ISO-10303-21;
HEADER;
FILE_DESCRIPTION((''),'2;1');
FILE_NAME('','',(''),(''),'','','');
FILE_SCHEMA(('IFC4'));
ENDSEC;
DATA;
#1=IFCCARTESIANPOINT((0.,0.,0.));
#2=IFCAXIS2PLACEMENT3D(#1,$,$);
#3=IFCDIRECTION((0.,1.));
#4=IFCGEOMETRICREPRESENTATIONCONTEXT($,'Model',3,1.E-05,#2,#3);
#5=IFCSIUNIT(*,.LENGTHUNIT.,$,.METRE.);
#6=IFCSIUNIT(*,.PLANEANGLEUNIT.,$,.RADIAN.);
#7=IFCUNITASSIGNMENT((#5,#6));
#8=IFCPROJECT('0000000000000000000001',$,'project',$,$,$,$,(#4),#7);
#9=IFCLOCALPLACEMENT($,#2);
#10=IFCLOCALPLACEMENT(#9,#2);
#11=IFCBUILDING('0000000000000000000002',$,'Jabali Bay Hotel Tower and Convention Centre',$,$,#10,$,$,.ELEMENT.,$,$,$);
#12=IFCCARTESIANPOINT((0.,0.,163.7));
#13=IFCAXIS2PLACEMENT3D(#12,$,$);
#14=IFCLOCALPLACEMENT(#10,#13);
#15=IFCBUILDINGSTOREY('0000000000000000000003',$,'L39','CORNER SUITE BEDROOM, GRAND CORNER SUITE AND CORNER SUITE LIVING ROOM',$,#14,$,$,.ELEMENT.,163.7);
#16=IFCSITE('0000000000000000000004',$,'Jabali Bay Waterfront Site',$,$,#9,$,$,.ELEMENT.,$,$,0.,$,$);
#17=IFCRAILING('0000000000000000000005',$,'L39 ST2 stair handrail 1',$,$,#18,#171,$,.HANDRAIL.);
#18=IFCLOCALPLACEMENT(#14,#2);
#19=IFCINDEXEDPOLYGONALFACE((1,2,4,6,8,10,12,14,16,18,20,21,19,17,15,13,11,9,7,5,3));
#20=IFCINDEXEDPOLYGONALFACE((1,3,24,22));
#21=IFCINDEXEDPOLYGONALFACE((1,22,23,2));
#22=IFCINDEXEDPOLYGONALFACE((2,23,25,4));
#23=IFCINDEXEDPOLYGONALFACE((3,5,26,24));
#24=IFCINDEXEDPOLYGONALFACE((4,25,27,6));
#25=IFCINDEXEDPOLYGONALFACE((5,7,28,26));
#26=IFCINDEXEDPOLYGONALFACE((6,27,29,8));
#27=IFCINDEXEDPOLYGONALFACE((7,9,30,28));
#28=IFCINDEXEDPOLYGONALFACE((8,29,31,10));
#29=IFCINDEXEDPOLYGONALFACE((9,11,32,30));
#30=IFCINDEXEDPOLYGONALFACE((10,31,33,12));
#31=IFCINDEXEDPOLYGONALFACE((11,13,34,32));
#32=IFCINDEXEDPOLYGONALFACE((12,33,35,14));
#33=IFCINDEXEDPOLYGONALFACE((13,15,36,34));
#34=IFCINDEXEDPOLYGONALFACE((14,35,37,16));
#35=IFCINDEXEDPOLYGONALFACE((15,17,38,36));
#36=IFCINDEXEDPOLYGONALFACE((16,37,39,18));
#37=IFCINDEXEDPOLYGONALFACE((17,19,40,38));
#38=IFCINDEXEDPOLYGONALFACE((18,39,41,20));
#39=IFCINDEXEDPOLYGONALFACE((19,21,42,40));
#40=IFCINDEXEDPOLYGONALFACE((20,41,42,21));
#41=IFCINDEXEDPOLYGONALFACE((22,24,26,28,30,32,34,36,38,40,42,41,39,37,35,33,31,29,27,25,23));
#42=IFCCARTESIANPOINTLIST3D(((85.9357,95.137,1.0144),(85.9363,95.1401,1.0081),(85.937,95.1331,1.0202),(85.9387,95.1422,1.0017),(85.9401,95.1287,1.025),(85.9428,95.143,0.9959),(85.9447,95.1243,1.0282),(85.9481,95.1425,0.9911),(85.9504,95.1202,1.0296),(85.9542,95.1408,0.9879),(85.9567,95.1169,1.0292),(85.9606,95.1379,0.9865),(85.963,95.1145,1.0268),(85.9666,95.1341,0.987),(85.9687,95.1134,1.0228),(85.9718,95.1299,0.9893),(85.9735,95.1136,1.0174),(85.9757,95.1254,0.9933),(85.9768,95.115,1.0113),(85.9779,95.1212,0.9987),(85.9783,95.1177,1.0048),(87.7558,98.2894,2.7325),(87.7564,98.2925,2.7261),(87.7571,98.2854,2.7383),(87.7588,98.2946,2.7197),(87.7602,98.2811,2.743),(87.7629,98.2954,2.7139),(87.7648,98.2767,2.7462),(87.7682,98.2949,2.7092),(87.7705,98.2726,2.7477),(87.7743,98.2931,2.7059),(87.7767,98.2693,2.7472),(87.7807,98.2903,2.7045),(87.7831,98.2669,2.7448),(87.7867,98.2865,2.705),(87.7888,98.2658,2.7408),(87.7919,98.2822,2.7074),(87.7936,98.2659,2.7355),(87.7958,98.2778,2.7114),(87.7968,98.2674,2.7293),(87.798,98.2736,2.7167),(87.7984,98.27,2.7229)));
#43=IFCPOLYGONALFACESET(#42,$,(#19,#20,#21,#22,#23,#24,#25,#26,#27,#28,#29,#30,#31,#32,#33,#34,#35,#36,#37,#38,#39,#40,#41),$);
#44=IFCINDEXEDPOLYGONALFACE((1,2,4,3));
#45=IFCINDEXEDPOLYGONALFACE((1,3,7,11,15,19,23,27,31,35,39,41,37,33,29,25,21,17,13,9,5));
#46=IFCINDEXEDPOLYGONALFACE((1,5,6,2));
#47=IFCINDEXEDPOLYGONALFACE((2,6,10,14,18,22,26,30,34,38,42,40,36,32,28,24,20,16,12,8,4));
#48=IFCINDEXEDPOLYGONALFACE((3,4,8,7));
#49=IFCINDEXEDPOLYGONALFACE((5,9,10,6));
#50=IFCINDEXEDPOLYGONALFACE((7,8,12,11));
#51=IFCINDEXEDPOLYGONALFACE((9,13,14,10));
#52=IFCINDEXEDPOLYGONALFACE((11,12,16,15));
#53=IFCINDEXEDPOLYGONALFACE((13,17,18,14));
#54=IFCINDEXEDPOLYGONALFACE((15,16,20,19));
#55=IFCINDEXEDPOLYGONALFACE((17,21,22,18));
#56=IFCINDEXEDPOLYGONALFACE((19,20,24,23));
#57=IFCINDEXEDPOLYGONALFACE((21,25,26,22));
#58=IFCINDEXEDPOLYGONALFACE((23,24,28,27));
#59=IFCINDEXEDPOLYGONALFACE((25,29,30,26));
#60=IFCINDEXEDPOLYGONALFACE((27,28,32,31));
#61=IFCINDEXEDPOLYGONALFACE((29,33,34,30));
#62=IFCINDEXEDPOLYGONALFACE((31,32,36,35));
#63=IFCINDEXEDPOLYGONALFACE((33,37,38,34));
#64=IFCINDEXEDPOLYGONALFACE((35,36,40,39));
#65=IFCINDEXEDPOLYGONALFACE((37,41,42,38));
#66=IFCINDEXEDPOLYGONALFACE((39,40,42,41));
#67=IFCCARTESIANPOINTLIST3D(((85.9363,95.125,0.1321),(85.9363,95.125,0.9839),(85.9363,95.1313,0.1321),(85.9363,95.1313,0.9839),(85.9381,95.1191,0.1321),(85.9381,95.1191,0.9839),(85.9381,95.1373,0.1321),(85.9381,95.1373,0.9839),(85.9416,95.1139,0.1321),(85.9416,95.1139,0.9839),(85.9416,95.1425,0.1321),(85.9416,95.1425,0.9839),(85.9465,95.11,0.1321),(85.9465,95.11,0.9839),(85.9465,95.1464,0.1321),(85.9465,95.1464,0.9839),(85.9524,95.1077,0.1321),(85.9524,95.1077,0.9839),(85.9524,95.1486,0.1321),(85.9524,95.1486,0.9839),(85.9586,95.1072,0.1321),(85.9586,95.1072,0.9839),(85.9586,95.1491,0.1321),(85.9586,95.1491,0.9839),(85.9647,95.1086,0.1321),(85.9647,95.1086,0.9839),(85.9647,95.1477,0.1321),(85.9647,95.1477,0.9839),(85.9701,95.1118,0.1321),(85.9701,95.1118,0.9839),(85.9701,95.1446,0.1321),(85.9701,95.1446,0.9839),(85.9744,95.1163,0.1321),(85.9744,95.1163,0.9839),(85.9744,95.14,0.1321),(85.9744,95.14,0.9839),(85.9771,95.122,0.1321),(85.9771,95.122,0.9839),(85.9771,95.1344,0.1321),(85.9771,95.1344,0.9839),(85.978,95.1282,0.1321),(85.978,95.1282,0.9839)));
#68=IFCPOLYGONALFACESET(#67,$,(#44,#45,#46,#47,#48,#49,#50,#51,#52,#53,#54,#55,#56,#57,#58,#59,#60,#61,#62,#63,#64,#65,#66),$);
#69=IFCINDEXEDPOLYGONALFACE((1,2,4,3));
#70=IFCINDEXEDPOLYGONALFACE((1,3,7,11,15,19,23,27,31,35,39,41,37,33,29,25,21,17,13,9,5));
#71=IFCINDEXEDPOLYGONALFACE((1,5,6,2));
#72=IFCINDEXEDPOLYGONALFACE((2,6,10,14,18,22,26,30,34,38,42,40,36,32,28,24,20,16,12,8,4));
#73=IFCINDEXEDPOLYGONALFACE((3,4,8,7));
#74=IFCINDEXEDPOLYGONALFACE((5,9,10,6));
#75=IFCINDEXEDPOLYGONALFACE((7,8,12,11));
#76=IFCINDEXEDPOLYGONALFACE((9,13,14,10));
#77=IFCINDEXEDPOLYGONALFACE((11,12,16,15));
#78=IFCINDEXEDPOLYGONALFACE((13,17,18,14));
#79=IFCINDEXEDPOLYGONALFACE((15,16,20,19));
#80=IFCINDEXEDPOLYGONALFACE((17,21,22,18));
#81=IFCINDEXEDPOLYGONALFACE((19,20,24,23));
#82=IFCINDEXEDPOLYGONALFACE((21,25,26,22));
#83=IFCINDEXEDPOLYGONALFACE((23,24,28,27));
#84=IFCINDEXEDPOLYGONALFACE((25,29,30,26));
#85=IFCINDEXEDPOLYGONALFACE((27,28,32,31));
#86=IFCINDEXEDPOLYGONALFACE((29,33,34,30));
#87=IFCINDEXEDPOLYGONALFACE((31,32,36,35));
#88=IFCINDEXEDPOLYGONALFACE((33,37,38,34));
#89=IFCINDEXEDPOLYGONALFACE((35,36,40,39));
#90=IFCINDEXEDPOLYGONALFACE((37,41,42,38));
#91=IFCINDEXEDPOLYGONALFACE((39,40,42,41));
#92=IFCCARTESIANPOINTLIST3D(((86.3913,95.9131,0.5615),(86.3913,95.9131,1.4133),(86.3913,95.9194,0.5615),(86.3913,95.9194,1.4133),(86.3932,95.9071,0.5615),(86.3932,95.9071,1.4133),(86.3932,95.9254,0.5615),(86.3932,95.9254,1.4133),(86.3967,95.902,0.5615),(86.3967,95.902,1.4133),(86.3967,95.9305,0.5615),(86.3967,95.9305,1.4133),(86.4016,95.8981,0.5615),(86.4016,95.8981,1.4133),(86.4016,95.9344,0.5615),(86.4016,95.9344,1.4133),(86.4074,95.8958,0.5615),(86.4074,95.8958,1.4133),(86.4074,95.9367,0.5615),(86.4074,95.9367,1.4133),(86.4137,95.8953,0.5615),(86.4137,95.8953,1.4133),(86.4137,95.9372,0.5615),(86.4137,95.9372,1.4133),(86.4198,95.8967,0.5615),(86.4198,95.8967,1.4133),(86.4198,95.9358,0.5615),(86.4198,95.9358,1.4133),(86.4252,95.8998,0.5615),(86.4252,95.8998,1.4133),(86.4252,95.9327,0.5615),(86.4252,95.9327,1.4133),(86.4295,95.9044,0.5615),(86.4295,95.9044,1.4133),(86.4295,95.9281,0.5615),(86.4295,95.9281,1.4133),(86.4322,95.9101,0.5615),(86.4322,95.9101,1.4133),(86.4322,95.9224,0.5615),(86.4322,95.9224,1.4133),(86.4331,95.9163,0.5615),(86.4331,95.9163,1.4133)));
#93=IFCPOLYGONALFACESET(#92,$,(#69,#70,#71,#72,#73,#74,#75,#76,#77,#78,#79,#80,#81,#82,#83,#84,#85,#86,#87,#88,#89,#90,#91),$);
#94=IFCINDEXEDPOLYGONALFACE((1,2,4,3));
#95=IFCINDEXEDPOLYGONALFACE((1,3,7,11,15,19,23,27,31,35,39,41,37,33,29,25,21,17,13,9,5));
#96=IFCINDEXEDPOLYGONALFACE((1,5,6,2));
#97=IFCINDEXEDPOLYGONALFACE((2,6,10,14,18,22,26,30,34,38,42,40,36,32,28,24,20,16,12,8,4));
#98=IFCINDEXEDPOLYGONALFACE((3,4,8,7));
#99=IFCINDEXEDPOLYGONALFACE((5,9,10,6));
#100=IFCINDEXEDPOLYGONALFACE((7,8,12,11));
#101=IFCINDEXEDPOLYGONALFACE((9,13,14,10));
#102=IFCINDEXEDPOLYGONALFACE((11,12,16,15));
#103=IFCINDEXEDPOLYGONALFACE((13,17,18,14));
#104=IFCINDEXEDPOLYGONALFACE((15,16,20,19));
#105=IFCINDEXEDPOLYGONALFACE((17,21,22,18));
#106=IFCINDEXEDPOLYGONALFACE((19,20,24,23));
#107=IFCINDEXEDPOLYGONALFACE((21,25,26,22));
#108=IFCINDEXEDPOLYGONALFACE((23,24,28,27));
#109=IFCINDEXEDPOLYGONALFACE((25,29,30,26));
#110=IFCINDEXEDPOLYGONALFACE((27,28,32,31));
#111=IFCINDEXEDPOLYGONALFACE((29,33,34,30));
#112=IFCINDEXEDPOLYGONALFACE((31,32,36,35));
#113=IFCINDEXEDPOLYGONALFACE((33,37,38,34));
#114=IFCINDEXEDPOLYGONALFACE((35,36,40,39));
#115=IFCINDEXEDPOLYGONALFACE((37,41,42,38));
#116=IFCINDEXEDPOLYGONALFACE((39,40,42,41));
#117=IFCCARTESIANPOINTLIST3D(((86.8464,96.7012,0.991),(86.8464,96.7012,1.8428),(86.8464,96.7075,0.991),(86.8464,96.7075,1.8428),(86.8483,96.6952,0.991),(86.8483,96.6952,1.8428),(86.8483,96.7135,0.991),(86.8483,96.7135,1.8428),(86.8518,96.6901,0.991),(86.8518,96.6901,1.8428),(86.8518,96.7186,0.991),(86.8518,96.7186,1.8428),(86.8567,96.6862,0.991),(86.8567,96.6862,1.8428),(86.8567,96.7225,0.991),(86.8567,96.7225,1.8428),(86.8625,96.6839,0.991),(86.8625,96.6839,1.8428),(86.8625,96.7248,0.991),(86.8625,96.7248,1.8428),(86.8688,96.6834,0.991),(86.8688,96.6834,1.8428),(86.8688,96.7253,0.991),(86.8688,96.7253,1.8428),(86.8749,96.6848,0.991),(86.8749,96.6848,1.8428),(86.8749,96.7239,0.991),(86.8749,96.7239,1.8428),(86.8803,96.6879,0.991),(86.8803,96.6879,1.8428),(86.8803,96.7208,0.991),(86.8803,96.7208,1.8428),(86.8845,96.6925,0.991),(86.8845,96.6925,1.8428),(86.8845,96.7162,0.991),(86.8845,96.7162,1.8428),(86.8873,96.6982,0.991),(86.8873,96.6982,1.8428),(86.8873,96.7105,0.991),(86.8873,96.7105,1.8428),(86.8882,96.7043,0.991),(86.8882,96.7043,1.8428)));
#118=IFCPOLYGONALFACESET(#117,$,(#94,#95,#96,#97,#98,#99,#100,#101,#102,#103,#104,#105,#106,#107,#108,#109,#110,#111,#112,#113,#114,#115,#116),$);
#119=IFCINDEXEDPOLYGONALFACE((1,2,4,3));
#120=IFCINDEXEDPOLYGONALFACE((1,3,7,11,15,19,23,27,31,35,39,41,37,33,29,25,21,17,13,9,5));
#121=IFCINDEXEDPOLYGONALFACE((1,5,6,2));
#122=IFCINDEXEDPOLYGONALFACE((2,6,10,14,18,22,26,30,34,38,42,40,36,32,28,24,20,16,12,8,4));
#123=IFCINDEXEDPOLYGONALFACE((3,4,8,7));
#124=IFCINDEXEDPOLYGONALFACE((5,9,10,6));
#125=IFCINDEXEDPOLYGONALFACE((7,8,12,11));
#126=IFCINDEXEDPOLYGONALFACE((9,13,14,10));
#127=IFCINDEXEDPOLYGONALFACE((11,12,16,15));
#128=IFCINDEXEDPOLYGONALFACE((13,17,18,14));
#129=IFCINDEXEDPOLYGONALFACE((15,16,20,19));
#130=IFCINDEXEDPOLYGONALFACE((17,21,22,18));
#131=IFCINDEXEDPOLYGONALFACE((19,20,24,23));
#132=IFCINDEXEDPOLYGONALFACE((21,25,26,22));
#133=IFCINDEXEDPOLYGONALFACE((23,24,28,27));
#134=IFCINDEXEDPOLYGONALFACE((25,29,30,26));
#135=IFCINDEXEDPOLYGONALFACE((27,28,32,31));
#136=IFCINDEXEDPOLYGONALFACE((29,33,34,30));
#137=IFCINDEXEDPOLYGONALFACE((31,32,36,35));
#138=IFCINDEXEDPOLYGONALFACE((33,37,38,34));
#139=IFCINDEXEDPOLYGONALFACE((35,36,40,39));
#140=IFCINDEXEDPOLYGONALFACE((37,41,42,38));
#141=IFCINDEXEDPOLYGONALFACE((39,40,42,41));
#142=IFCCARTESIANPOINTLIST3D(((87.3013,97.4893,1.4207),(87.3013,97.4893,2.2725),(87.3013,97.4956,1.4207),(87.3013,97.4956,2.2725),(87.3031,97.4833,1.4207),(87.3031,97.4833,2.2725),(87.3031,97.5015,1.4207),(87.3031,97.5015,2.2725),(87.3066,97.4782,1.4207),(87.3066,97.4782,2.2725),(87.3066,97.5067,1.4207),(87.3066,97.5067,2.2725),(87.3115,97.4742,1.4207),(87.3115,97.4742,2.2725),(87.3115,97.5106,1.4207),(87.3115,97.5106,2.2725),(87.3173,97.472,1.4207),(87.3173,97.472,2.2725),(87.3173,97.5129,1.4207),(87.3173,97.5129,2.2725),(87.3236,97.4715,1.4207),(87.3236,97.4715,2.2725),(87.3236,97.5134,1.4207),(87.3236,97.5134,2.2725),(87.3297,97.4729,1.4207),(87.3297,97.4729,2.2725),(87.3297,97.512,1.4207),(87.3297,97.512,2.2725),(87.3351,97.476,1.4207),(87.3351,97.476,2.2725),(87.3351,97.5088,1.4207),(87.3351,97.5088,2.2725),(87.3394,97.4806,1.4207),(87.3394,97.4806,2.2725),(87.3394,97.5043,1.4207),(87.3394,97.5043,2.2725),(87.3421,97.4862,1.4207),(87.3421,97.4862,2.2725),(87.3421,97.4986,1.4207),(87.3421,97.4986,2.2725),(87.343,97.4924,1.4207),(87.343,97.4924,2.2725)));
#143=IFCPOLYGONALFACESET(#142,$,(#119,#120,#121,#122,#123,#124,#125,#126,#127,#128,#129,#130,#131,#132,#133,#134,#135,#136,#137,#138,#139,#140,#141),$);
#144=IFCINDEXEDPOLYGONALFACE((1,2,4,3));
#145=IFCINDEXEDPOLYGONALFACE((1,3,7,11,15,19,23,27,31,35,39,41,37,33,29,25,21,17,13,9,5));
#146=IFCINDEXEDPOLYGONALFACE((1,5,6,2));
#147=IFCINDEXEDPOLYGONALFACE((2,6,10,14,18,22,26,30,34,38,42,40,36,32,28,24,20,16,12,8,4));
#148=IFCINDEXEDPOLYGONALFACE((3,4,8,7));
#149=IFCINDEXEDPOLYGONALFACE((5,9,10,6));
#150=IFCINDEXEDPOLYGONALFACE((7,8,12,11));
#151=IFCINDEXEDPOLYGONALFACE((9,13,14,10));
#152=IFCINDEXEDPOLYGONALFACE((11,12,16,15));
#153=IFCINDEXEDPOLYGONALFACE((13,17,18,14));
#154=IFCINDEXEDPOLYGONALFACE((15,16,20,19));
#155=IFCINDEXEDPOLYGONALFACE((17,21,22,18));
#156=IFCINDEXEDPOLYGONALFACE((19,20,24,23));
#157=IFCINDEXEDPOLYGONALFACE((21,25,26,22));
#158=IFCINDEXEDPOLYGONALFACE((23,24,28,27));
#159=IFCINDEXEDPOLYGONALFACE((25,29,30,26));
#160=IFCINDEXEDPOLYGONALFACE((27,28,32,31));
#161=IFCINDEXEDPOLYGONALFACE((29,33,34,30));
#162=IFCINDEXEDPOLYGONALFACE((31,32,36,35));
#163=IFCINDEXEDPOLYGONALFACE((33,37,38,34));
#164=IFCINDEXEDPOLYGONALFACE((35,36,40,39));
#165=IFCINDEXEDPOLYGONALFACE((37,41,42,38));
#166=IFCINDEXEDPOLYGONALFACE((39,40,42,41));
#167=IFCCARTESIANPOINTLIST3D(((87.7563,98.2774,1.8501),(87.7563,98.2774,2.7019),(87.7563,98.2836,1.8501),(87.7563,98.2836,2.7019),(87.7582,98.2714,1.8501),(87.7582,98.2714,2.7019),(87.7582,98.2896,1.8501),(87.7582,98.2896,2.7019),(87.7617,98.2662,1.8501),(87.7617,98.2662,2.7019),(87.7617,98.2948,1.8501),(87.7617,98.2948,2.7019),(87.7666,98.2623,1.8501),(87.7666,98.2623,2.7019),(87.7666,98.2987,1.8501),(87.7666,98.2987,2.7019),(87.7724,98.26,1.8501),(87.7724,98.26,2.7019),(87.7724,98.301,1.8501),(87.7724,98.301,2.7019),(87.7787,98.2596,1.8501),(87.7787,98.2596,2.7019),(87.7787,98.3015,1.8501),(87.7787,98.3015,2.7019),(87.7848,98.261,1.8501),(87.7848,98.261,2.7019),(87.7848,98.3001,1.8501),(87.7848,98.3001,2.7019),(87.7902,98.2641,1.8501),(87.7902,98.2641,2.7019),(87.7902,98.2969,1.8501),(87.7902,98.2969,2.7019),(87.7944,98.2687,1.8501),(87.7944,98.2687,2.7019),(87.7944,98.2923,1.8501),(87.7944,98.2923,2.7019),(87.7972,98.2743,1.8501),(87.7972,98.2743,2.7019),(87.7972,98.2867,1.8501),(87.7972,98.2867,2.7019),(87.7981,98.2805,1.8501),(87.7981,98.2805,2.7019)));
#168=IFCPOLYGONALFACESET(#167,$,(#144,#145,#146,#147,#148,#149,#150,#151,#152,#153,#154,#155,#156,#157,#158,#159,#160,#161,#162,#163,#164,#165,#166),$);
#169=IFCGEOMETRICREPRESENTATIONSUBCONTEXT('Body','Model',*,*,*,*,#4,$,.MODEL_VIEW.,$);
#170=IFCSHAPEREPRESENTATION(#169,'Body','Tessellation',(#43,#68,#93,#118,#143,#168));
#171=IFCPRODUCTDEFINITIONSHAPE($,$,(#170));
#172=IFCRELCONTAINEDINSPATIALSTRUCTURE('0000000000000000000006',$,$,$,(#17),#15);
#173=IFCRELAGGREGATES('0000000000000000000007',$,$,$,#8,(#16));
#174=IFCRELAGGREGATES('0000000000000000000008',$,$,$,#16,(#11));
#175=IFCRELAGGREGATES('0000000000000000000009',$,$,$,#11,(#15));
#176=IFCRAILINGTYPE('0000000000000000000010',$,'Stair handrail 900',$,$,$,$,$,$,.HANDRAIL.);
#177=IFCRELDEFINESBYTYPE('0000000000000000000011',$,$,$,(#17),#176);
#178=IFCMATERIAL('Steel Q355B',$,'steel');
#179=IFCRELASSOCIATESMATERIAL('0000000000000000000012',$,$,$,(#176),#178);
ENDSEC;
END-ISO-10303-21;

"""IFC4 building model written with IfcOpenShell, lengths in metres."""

from ifc_helpers import new_model, si_unit, direction, frame, origin, origin_2d, place, context, subcontext, project, spatial, circle, extrude, material, type_object, element, save


model = new_model("IFC4")

# Units and contexts
model_context = context("Model", 3, precision=1e-05, world=origin(), true_north=direction((0.0, 1.0)))
body_context = subcontext(model_context, "Body", "Model", "MODEL_VIEW")
ifc_project = project(units=[si_unit("LENGTHUNIT", "METRE"), si_unit("PLANEANGLEUNIT", "RADIAN")], contexts=[model_context])

# Site, building, storey
site_placement = place(None, origin())
site = spatial("IfcSite", under=ifc_project, at=site_placement, Name="Jabali Bay Waterfront Site", CompositionType="ELEMENT", RefElevation=0.0)
building_placement = place(site_placement, origin())
building = spatial("IfcBuilding", under=site, at=building_placement, Name="Jabali Bay Hotel Tower and Convention Centre", CompositionType="ELEMENT")
storey_placement = place(building_placement, frame((0.0, 0.0, 163.7)))
storey = spatial("IfcBuildingStorey", under=building, at=storey_placement, Name="L39", Description="CORNER SUITE BEDROOM, GRAND CORNER SUITE AND CORNER SUITE LIVING ROOM", CompositionType="ELEMENT", Elevation=163.7)

# Railing
ifc_material_1 = material(Name="Steel Q355B", Category="steel")
railing_type_1 = type_object("IfcRailingType", Name="Stair handrail 900", PredefinedType="HANDRAIL", material=ifc_material_1)
railing_1_placement = place(storey_placement, frame((85.957, 95.1282, 0.1321)))
element("IfcRailing", 1, at=railing_1_placement, inside=storey, type_object=railing_type_1, Name="L39 ST2 stair handrail 1", PredefinedType="HANDRAIL", context=body_context, shape_type="SweptSolid", body=[
    extrude(circle(Radius=0.0239, at=origin_2d()), frame((0.0, 0.0, 0.876), z_axis=(0.452179, 0.78317, 0.426825), x_axis=(-0.866018, 0.500013, 0.0)), (0.0, 0.0, 1.0), 4.0251),
    extrude(circle(Radius=0.021, at=origin_2d()), origin(), (0.0, 0.0, 1.0), 0.8518),
    extrude(circle(Radius=0.021, at=origin_2d()), frame((0.4551, 0.7881, 0.4294)), (0.0, 0.0, 1.0), 0.8518),
    extrude(circle(Radius=0.021, at=origin_2d()), frame((0.9102, 1.5762, 0.8589)), (0.0, 0.0, 1.0), 0.8518),
    extrude(circle(Radius=0.021, at=origin_2d()), frame((1.365, 2.3643, 1.2886)), (0.0, 0.0, 1.0), 0.8518),
    extrude(circle(Radius=0.021, at=origin_2d()), frame((1.8201, 3.1523, 1.718)), (0.0, 0.0, 1.0), 0.8518),
])

save(model, "model.ifc")
